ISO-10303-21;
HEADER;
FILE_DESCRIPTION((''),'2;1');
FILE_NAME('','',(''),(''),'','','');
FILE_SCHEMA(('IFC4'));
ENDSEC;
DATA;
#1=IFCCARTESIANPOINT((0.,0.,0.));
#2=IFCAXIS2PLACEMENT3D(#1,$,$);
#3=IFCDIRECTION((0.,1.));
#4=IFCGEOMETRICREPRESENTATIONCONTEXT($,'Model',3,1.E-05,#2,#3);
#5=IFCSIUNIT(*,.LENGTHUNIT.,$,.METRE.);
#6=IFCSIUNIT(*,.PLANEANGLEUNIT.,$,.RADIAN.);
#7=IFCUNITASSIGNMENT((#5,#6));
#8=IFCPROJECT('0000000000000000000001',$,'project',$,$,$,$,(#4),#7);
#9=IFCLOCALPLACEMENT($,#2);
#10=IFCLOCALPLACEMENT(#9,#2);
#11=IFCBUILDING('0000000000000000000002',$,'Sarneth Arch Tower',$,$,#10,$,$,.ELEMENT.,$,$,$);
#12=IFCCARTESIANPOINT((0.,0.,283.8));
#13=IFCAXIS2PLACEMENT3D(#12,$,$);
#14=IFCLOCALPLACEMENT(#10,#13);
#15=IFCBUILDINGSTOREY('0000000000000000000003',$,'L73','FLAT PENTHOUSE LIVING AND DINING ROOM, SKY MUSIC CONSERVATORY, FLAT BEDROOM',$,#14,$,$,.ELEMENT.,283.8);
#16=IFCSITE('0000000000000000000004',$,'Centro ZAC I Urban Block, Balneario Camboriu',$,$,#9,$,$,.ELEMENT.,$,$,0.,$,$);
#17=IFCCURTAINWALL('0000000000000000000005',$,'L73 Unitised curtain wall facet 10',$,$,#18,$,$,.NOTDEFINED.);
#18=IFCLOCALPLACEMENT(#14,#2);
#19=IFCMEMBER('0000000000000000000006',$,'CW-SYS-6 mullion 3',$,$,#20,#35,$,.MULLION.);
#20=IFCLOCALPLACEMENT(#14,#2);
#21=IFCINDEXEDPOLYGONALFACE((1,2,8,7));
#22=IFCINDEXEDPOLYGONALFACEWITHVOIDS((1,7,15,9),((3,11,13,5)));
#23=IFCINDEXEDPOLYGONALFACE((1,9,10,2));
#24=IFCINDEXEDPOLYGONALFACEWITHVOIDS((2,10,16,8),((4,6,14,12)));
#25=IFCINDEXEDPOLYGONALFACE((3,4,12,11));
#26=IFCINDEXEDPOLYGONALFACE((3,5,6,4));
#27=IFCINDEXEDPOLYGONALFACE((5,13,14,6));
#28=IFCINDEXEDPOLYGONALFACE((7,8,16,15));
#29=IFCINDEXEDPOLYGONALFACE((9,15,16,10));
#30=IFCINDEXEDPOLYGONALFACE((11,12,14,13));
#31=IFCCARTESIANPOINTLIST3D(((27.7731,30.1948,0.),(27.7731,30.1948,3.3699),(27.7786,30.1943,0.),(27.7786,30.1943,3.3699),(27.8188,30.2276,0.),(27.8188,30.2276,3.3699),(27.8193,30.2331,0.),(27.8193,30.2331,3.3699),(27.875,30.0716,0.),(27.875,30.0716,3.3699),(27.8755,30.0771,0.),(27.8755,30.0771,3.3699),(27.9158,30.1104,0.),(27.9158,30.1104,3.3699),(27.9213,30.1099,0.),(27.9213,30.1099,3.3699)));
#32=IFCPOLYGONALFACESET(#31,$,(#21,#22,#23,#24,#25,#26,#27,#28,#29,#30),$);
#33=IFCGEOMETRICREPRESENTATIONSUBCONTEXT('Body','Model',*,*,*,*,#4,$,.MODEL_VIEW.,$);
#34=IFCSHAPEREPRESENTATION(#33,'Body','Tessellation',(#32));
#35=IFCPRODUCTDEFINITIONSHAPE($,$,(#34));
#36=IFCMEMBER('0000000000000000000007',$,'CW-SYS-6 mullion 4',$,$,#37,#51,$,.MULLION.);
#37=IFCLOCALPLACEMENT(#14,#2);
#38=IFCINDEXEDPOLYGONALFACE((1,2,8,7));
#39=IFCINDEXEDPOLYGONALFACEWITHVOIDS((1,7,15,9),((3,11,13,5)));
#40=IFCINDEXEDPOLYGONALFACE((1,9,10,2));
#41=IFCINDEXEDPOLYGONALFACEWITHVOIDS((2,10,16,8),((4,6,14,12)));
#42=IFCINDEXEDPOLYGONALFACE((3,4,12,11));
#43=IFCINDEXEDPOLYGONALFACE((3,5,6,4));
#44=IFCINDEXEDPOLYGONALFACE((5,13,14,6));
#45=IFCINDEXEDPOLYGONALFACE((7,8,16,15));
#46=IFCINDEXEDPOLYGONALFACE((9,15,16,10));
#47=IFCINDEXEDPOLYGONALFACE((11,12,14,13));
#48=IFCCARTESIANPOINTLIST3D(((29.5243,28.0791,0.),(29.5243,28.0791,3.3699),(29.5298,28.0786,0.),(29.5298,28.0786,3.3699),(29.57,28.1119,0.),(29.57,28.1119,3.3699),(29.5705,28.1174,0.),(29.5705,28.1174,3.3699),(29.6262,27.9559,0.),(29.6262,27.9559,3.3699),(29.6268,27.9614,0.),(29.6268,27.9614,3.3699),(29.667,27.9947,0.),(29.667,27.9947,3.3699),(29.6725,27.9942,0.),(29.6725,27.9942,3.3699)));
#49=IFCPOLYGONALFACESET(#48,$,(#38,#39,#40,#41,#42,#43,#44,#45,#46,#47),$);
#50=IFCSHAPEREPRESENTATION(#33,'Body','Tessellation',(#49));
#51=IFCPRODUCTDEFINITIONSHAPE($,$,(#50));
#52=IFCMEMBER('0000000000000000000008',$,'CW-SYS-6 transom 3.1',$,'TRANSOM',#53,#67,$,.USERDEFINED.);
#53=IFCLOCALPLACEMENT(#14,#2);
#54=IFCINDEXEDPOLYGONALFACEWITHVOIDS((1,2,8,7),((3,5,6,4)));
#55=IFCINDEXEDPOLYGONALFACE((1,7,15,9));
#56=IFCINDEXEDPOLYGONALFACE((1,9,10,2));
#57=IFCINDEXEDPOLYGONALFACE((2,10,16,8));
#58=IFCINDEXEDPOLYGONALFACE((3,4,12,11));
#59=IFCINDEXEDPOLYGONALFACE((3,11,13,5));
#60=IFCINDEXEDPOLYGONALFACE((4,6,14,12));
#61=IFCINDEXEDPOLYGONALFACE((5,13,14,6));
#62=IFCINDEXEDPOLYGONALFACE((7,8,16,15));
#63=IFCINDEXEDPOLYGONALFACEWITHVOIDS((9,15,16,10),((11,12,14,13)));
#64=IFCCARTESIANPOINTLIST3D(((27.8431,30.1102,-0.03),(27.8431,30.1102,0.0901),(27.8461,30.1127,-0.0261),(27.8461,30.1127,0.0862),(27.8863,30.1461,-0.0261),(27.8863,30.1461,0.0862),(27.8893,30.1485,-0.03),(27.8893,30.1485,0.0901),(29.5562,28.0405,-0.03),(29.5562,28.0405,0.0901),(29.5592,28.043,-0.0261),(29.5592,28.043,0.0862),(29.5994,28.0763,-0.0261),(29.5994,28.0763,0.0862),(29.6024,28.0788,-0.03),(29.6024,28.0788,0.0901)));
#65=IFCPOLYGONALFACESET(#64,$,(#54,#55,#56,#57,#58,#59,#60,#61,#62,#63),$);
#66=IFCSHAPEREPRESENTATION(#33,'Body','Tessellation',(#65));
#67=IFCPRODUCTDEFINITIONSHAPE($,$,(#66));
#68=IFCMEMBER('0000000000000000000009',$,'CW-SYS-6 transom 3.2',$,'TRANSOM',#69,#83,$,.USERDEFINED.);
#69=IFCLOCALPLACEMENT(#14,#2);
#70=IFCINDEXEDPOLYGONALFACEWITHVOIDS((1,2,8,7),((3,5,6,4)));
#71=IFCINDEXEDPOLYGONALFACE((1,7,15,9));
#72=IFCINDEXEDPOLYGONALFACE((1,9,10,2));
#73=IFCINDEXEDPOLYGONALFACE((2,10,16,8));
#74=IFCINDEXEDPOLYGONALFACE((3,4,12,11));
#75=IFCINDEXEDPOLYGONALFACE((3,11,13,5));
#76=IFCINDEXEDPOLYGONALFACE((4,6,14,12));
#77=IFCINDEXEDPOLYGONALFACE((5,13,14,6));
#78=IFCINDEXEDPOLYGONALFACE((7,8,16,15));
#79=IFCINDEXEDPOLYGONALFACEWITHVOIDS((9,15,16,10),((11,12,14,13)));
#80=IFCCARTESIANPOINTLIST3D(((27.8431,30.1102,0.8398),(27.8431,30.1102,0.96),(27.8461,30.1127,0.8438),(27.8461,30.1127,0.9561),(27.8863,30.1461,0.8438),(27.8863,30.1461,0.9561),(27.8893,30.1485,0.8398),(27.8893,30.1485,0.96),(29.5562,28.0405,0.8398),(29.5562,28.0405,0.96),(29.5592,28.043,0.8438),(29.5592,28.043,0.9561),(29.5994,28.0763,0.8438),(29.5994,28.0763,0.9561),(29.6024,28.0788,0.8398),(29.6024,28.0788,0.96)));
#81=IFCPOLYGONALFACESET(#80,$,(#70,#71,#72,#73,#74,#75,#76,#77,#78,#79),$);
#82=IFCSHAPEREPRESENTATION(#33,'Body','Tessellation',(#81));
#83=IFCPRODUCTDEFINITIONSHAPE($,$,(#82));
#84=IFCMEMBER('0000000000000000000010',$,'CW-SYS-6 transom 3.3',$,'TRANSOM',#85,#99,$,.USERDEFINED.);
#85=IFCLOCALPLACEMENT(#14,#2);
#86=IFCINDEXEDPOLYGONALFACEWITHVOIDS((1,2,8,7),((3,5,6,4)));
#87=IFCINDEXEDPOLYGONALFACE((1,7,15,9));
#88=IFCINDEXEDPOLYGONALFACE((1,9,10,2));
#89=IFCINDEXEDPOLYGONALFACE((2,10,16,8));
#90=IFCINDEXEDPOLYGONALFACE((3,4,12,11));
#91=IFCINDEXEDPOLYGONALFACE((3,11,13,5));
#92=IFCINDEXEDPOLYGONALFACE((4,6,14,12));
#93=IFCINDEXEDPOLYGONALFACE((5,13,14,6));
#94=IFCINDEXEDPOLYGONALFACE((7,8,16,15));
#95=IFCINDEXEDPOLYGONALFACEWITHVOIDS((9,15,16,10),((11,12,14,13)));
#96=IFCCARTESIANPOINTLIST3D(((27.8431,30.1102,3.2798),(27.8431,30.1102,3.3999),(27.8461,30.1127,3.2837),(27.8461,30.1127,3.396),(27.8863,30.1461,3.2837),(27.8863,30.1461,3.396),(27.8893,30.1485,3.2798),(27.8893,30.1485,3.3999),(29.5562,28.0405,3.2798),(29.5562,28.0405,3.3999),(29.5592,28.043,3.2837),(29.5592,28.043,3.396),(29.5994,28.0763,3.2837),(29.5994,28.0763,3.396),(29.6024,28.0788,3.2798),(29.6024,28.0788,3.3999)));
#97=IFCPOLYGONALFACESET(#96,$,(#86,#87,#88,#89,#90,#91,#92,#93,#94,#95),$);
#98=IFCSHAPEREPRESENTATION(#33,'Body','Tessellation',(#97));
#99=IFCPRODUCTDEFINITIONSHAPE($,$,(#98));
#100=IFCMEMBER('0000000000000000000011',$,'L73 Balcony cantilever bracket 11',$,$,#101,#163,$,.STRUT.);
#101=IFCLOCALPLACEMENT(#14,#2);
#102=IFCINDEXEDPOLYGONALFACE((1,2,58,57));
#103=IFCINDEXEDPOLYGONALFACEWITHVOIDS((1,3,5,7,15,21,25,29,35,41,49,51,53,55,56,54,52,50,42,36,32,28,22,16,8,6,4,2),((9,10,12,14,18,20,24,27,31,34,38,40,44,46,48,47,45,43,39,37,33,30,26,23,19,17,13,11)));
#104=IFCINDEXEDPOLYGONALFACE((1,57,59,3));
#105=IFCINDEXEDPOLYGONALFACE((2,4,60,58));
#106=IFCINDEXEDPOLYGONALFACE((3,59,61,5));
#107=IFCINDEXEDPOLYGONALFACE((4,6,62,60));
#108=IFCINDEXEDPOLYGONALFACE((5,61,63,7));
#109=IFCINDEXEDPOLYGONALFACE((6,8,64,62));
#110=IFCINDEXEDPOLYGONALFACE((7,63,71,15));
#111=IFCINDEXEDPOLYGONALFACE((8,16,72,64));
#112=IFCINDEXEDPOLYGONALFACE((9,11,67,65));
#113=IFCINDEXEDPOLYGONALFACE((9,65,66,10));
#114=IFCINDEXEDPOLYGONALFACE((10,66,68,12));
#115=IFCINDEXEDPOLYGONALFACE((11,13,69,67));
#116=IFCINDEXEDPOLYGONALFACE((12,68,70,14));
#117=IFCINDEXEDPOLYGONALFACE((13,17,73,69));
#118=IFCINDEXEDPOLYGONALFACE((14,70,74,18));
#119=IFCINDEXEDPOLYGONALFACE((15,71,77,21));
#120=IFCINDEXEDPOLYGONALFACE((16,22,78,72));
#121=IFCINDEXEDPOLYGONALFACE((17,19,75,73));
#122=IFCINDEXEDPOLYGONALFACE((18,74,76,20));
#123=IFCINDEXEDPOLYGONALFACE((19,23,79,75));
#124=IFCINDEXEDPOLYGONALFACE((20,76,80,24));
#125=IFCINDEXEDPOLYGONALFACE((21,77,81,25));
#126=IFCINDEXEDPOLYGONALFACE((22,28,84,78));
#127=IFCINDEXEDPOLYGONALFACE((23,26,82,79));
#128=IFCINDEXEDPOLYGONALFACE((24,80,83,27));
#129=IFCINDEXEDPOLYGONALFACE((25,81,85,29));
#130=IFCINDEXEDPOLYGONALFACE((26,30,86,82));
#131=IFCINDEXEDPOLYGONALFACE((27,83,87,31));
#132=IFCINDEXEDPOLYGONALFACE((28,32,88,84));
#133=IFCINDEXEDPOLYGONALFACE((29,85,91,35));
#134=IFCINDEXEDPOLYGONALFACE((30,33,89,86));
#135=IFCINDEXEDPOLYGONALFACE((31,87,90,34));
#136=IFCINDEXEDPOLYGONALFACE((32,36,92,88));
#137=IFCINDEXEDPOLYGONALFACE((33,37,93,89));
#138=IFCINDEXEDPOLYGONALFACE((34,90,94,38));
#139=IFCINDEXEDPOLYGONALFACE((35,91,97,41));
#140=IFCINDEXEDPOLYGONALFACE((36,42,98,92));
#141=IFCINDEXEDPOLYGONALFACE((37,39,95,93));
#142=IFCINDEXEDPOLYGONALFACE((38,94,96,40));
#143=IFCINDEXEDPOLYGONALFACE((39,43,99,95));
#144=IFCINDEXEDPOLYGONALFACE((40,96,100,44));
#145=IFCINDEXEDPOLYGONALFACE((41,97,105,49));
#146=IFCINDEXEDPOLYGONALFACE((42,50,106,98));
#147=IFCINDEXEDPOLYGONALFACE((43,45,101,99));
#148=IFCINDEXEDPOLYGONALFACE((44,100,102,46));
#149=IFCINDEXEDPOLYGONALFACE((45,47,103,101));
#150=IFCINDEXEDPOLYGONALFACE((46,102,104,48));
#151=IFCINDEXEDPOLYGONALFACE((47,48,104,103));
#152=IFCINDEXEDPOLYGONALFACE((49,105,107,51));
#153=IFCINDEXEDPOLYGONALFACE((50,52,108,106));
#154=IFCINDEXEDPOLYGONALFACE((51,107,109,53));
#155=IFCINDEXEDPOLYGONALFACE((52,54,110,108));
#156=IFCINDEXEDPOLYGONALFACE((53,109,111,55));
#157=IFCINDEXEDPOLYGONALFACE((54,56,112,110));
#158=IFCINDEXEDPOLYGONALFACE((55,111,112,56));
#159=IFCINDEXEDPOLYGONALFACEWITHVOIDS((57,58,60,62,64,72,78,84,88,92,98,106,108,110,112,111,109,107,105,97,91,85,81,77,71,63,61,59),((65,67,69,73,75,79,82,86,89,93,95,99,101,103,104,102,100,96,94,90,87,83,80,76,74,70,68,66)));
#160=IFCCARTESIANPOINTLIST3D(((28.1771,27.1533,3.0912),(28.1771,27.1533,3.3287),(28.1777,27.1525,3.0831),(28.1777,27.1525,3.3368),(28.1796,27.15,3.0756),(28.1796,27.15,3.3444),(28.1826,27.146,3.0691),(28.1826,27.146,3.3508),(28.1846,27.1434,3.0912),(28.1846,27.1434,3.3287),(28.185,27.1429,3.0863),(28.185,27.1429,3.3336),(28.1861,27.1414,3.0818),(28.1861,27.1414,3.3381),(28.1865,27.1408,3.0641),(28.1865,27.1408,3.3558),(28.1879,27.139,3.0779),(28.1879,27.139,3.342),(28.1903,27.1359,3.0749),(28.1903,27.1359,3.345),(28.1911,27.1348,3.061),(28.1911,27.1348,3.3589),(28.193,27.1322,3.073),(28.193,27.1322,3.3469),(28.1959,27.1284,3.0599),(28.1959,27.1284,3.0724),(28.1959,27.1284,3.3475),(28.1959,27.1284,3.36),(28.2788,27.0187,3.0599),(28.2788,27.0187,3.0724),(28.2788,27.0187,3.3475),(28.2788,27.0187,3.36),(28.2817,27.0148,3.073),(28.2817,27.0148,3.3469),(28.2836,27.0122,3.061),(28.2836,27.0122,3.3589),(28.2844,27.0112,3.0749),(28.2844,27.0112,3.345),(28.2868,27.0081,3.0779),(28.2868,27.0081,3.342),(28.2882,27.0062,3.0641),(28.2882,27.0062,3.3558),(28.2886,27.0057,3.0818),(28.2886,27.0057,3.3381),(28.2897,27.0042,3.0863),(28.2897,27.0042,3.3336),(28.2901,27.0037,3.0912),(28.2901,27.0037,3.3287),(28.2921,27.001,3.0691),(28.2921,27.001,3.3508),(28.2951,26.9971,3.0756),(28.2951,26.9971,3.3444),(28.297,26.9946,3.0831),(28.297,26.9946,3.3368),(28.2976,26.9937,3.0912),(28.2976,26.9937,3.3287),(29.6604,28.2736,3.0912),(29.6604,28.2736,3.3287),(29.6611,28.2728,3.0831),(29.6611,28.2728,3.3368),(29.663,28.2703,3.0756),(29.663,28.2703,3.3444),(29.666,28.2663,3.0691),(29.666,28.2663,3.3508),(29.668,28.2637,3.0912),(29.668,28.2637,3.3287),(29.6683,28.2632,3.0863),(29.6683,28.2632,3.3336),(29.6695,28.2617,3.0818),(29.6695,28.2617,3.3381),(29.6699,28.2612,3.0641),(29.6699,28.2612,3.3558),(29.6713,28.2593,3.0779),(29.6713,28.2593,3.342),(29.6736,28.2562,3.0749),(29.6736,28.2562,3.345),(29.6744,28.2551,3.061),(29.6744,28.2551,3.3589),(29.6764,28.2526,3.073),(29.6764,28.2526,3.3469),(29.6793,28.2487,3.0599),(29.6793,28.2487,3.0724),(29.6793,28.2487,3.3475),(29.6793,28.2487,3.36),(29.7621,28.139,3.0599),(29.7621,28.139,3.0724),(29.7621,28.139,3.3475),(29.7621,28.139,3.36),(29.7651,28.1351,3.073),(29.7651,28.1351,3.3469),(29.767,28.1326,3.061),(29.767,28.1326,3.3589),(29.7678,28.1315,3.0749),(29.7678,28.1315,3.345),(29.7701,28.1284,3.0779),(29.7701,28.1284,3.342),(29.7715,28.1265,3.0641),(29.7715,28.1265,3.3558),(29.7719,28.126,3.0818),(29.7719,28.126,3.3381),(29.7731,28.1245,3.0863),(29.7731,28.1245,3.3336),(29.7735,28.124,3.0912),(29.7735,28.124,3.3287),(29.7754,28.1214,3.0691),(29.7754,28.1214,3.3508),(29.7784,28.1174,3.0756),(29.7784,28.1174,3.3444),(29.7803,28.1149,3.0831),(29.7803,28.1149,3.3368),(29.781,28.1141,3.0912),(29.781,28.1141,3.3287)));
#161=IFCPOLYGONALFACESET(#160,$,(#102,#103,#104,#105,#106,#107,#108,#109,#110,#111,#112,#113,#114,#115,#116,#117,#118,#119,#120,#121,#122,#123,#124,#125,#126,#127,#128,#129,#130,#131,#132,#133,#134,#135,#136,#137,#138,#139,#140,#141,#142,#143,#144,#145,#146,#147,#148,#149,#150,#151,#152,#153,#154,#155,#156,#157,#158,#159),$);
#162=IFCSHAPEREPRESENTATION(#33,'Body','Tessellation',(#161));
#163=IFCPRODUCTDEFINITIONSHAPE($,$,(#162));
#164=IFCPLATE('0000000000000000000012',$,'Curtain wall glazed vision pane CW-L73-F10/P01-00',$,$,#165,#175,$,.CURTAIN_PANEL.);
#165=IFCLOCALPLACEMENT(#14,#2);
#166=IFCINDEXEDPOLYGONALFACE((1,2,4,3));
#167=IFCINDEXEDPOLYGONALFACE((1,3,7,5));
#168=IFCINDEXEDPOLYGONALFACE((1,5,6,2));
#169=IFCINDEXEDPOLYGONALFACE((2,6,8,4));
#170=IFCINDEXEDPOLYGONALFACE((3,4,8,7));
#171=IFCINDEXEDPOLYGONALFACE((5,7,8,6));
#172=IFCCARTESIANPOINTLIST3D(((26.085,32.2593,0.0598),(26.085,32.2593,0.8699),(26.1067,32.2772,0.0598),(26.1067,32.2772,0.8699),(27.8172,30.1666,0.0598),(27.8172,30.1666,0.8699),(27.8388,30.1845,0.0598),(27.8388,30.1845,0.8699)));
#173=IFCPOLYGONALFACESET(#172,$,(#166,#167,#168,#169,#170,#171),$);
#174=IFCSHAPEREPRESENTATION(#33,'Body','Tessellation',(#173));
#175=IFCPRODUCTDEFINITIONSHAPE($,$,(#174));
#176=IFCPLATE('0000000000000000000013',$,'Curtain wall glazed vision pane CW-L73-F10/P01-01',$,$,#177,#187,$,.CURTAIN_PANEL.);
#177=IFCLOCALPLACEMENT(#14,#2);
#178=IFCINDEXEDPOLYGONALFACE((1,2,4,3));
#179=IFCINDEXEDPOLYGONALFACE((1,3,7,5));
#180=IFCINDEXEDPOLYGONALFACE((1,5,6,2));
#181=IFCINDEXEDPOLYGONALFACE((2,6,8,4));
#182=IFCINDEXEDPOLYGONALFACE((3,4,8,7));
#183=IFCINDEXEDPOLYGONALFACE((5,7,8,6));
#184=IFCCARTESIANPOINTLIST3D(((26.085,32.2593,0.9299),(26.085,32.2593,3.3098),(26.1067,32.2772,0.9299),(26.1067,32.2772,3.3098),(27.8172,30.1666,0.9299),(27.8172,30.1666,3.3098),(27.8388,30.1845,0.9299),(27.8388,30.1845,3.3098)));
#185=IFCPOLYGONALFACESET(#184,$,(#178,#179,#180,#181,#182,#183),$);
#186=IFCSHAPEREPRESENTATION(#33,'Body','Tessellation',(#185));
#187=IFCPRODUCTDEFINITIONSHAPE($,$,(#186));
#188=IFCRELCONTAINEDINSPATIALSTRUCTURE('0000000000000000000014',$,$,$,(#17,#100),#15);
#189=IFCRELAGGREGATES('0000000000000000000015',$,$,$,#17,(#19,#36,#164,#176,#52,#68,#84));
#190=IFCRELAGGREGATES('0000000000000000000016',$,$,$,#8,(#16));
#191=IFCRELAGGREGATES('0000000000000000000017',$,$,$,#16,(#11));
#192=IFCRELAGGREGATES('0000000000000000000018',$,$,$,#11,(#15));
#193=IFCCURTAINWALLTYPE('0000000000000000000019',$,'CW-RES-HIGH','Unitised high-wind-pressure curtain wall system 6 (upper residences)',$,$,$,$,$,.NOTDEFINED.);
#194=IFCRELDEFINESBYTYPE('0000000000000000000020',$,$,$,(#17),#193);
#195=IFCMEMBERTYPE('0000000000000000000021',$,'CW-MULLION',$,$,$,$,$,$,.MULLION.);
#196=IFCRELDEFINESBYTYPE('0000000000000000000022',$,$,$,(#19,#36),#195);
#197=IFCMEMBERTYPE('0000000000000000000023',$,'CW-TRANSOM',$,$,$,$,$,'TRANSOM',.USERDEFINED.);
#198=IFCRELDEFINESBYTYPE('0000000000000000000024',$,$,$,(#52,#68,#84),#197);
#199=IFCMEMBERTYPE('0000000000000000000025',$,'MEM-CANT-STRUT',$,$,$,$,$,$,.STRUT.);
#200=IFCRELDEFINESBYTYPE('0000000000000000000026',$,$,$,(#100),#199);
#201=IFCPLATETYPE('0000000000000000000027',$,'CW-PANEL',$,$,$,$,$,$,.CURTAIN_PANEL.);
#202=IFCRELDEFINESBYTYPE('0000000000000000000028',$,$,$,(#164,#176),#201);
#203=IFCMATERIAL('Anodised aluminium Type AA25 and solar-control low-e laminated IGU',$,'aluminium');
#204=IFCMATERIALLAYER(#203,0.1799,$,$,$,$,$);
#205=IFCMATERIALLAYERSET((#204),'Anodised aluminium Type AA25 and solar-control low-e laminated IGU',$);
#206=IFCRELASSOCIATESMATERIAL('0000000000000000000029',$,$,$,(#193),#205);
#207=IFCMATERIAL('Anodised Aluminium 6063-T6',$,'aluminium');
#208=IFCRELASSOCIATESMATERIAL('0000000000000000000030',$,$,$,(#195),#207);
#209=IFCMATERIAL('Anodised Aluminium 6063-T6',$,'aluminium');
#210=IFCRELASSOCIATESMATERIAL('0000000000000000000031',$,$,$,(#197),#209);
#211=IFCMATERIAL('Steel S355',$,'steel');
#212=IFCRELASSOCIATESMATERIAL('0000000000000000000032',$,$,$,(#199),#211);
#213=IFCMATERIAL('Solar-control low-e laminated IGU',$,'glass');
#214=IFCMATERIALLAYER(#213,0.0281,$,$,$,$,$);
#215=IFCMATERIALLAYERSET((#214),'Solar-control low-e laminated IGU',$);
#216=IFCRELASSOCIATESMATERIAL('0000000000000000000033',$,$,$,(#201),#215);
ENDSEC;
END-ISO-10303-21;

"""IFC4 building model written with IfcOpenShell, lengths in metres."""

from ifc_helpers import new_model, si_unit, direction, frame, origin, origin_2d, place, context, subcontext, project, spatial, rectangle, hollow_rectangle, extrude, material, layer, layer_set, material_profile, profile_set, type_object, element, aggregate, save


model = new_model("IFC4")

# Units and contexts
model_context = context("Model", 3, precision=1e-05, world=origin(), true_north=direction((0.0, 1.0)))
body_context = subcontext(model_context, "Body", "Model", "MODEL_VIEW")
ifc_project = project(units=[si_unit("LENGTHUNIT", "METRE"), si_unit("PLANEANGLEUNIT", "RADIAN")], contexts=[model_context])

# Site, building, storey
site_placement = place(None, origin())
site = spatial("IfcSite", under=ifc_project, at=site_placement, Name="Centro ZAC I Urban Block, Balneario Camboriu", CompositionType="ELEMENT", RefElevation=0.0)
building_placement = place(site_placement, origin())
building = spatial("IfcBuilding", under=site, at=building_placement, Name="Sarneth Arch Tower", CompositionType="ELEMENT")
storey_placement = place(building_placement, frame((0.0, 0.0, 283.8)))
storey = spatial("IfcBuildingStorey", under=building, at=storey_placement, Name="L73", Description="FLAT PENTHOUSE LIVING AND DINING ROOM, SKY MUSIC CONSERVATORY, FLAT BEDROOM", CompositionType="ELEMENT", Elevation=283.8)

# Curtain wall, members
ifc_material_1 = material(Name="Anodised aluminium Type AA25 and solar-control low-e laminated IGU", Category="aluminium")
ifc_layer_1 = layer(ifc_material_1, 0.1799)
ifc_layer_set_1 = layer_set([ifc_layer_1], Name="Anodised aluminium Type AA25 and solar-control low-e laminated IGU")
curtain_wall_type = type_object("IfcCurtainWallType", Name="CW-RES-HIGH", Description="Unitised high-wind-pressure curtain wall system 6 (upper residences)", PredefinedType="NOTDEFINED", material=ifc_layer_set_1)
curtain_wall_placement = place(storey_placement, origin())
curtain_wall = element("IfcCurtainWall", 1, at=curtain_wall_placement, inside=storey, type_object=curtain_wall_type, Name="L73 Unitised curtain wall facet 10", PredefinedType="NOTDEFINED")
ifc_material_2 = material(Name="Anodised Aluminium 6063-T6", Category="aluminium")
ifc_material_profile_1 = material_profile(ifc_material_2, hollow_rectangle(XDim=0.0601, YDim=0.1599, WallThickness=0.0039, at=origin_2d()), Name="AL-MULL-160x60x4")
ifc_profile_set_1 = profile_set([ifc_material_profile_1], Name="Anodised Aluminium 6063-T6")
member_type_1 = type_object("IfcMemberType", Name="CW-MULLION", PredefinedType="MULLION", material=ifc_profile_set_1)
member_1_placement = place(storey_placement, frame((27.8472, 30.1523, 0.0), z_axis=(0.0, 0.0, 1.0), x_axis=(0.770359, 0.63761, 0.0)))
member_1 = element("IfcMember", 2, at=member_1_placement, type_object=member_type_1, Name="CW-SYS-6 mullion 3", PredefinedType="MULLION", context=body_context, shape_type="SweptSolid", body=[
    extrude(hollow_rectangle(XDim=0.0601, YDim=0.1599, WallThickness=0.0039, at=origin_2d()), origin(), (0.0, 0.0, 1.0), 3.3699),
])
member_2_placement = place(storey_placement, frame((29.5984, 28.0366, 0.0), z_axis=(0.0, 0.0, 1.0), x_axis=(0.770359, 0.63761, 0.0)))
member_2 = element("IfcMember", 3, at=member_2_placement, type_object=member_type_1, Name="CW-SYS-6 mullion 4", PredefinedType="MULLION", context=body_context, shape_type="SweptSolid", body=[
    extrude(hollow_rectangle(XDim=0.0601, YDim=0.1599, WallThickness=0.0039, at=origin_2d()), origin(), (0.0, 0.0, 1.0), 3.3699),
])
ifc_material_3 = material(Name="Anodised Aluminium 6063-T6", Category="aluminium")
ifc_material_profile_2 = material_profile(ifc_material_3, hollow_rectangle(XDim=0.0601, YDim=0.1201, WallThickness=0.0039, at=origin_2d()), Name="AL-TRAN-120x60x4")
ifc_profile_set_2 = profile_set([ifc_material_profile_2], Name="Anodised Aluminium 6063-T6")
member_type_2 = type_object("IfcMemberType", Name="CW-TRANSOM", ElementType="TRANSOM", PredefinedType="USERDEFINED", material=ifc_profile_set_2)
member_3_placement = place(storey_placement, frame((27.8662, 30.1294, 0.03), z_axis=(0.637607, -0.770362, 0.0), x_axis=(0.770362, 0.637607, 0.0)))
member_3 = element("IfcMember", 4, at=member_3_placement, type_object=member_type_2, Name="CW-SYS-6 transom 3.1", ObjectType="TRANSOM", PredefinedType="USERDEFINED", context=body_context, shape_type="SweptSolid", body=[
    extrude(hollow_rectangle(XDim=0.0601, YDim=0.1201, WallThickness=0.0039, at=origin_2d()), origin(), (0.0, 0.0, 1.0), 2.6868),
])
member_4_placement = place(storey_placement, frame((27.8662, 30.1294, 0.8999), z_axis=(0.637607, -0.770362, 0.0), x_axis=(0.770362, 0.637607, 0.0)))
member_4 = element("IfcMember", 5, at=member_4_placement, type_object=member_type_2, Name="CW-SYS-6 transom 3.2", ObjectType="TRANSOM", PredefinedType="USERDEFINED", context=body_context, shape_type="SweptSolid", body=[
    extrude(hollow_rectangle(XDim=0.0601, YDim=0.1201, WallThickness=0.0039, at=origin_2d()), origin(), (0.0, 0.0, 1.0), 2.6868),
])
member_5_placement = place(storey_placement, frame((27.8662, 30.1294, 3.3398), z_axis=(0.637607, -0.770362, 0.0), x_axis=(0.770362, 0.637607, 0.0)))
member_5 = element("IfcMember", 6, at=member_5_placement, type_object=member_type_2, Name="CW-SYS-6 transom 3.3", ObjectType="TRANSOM", PredefinedType="USERDEFINED", context=body_context, shape_type="SweptSolid", body=[
    extrude(hollow_rectangle(XDim=0.0601, YDim=0.1201, WallThickness=0.0039, at=origin_2d()), origin(), (0.0, 0.0, 1.0), 2.6868),
])

# Member
ifc_material_4 = material(Name="Steel S355", Category="steel")
ifc_material_profile_3 = material_profile(ifc_material_4, hollow_rectangle(XDim=0.2, YDim=0.3, WallThickness=0.0125, InnerFilletRadius=0.0188, OuterFilletRadius=0.0312, at=origin_2d()), Name="RHS300x200x12.5")
ifc_profile_set_3 = profile_set([ifc_material_profile_3], Name="Steel S355")
member_type_3 = type_object("IfcMemberType", Name="MEM-CANT-STRUT", PredefinedType="STRUT", material=ifc_profile_set_3)
member_6_placement = place(storey_placement, frame((29.7207, 28.1938, 3.21), z_axis=(-0.797978, -0.602686, 0.0), x_axis=(0.602686, -0.797978, 0.0)))
element("IfcMember", 7, at=member_6_placement, inside=storey, type_object=member_type_3, Name="L73 Balcony cantilever bracket 11", PredefinedType="STRUT", context=body_context, shape_type="SweptSolid", body=[
    extrude(hollow_rectangle(XDim=0.2, YDim=0.3, WallThickness=0.0125, InnerFilletRadius=0.0188, OuterFilletRadius=0.0312, at=origin_2d()), origin(), (0.0, 0.0, 1.0), 1.8589),
])

# Plates
ifc_material_5 = material(Name="Solar-control low-e laminated IGU", Category="glass")
ifc_layer_2 = layer(ifc_material_5, 0.0281)
ifc_layer_set_2 = layer_set([ifc_layer_2], Name="Solar-control low-e laminated IGU")
plate_type_1 = type_object("IfcPlateType", Name="CW-PANEL", PredefinedType="CURTAIN_PANEL", material=ifc_layer_set_2)
plate_1_placement = place(storey_placement, frame((26.9619, 31.2219, 0.0598), z_axis=(0.0, 0.0, 1.0), x_axis=(0.63761, -0.770359, 0.0)))
plate_1 = element("IfcPlate", 8, at=plate_1_placement, type_object=plate_type_1, Name="Curtain wall glazed vision pane CW-L73-F10/P01-00", PredefinedType="CURTAIN_PANEL", context=body_context, shape_type="SweptSolid", body=[
    extrude(rectangle(XDim=2.7166, YDim=0.0281, at=origin_2d()), origin(), (0.0, 0.0, 1.0), 0.8101),
])
plate_2_placement = place(storey_placement, frame((26.9619, 31.2219, 0.9299), z_axis=(0.0, 0.0, 1.0), x_axis=(0.63761, -0.770359, 0.0)))
plate_2 = element("IfcPlate", 9, at=plate_2_placement, type_object=plate_type_1, Name="Curtain wall glazed vision pane CW-L73-F10/P01-01", PredefinedType="CURTAIN_PANEL", context=body_context, shape_type="SweptSolid", body=[
    extrude(rectangle(XDim=2.7166, YDim=0.0281, at=origin_2d()), origin(), (0.0, 0.0, 1.0), 2.3799),
])
aggregate(curtain_wall, [member_1, member_2, plate_1, plate_2, member_3, member_4, member_5])

save(model, "model.ifc")
